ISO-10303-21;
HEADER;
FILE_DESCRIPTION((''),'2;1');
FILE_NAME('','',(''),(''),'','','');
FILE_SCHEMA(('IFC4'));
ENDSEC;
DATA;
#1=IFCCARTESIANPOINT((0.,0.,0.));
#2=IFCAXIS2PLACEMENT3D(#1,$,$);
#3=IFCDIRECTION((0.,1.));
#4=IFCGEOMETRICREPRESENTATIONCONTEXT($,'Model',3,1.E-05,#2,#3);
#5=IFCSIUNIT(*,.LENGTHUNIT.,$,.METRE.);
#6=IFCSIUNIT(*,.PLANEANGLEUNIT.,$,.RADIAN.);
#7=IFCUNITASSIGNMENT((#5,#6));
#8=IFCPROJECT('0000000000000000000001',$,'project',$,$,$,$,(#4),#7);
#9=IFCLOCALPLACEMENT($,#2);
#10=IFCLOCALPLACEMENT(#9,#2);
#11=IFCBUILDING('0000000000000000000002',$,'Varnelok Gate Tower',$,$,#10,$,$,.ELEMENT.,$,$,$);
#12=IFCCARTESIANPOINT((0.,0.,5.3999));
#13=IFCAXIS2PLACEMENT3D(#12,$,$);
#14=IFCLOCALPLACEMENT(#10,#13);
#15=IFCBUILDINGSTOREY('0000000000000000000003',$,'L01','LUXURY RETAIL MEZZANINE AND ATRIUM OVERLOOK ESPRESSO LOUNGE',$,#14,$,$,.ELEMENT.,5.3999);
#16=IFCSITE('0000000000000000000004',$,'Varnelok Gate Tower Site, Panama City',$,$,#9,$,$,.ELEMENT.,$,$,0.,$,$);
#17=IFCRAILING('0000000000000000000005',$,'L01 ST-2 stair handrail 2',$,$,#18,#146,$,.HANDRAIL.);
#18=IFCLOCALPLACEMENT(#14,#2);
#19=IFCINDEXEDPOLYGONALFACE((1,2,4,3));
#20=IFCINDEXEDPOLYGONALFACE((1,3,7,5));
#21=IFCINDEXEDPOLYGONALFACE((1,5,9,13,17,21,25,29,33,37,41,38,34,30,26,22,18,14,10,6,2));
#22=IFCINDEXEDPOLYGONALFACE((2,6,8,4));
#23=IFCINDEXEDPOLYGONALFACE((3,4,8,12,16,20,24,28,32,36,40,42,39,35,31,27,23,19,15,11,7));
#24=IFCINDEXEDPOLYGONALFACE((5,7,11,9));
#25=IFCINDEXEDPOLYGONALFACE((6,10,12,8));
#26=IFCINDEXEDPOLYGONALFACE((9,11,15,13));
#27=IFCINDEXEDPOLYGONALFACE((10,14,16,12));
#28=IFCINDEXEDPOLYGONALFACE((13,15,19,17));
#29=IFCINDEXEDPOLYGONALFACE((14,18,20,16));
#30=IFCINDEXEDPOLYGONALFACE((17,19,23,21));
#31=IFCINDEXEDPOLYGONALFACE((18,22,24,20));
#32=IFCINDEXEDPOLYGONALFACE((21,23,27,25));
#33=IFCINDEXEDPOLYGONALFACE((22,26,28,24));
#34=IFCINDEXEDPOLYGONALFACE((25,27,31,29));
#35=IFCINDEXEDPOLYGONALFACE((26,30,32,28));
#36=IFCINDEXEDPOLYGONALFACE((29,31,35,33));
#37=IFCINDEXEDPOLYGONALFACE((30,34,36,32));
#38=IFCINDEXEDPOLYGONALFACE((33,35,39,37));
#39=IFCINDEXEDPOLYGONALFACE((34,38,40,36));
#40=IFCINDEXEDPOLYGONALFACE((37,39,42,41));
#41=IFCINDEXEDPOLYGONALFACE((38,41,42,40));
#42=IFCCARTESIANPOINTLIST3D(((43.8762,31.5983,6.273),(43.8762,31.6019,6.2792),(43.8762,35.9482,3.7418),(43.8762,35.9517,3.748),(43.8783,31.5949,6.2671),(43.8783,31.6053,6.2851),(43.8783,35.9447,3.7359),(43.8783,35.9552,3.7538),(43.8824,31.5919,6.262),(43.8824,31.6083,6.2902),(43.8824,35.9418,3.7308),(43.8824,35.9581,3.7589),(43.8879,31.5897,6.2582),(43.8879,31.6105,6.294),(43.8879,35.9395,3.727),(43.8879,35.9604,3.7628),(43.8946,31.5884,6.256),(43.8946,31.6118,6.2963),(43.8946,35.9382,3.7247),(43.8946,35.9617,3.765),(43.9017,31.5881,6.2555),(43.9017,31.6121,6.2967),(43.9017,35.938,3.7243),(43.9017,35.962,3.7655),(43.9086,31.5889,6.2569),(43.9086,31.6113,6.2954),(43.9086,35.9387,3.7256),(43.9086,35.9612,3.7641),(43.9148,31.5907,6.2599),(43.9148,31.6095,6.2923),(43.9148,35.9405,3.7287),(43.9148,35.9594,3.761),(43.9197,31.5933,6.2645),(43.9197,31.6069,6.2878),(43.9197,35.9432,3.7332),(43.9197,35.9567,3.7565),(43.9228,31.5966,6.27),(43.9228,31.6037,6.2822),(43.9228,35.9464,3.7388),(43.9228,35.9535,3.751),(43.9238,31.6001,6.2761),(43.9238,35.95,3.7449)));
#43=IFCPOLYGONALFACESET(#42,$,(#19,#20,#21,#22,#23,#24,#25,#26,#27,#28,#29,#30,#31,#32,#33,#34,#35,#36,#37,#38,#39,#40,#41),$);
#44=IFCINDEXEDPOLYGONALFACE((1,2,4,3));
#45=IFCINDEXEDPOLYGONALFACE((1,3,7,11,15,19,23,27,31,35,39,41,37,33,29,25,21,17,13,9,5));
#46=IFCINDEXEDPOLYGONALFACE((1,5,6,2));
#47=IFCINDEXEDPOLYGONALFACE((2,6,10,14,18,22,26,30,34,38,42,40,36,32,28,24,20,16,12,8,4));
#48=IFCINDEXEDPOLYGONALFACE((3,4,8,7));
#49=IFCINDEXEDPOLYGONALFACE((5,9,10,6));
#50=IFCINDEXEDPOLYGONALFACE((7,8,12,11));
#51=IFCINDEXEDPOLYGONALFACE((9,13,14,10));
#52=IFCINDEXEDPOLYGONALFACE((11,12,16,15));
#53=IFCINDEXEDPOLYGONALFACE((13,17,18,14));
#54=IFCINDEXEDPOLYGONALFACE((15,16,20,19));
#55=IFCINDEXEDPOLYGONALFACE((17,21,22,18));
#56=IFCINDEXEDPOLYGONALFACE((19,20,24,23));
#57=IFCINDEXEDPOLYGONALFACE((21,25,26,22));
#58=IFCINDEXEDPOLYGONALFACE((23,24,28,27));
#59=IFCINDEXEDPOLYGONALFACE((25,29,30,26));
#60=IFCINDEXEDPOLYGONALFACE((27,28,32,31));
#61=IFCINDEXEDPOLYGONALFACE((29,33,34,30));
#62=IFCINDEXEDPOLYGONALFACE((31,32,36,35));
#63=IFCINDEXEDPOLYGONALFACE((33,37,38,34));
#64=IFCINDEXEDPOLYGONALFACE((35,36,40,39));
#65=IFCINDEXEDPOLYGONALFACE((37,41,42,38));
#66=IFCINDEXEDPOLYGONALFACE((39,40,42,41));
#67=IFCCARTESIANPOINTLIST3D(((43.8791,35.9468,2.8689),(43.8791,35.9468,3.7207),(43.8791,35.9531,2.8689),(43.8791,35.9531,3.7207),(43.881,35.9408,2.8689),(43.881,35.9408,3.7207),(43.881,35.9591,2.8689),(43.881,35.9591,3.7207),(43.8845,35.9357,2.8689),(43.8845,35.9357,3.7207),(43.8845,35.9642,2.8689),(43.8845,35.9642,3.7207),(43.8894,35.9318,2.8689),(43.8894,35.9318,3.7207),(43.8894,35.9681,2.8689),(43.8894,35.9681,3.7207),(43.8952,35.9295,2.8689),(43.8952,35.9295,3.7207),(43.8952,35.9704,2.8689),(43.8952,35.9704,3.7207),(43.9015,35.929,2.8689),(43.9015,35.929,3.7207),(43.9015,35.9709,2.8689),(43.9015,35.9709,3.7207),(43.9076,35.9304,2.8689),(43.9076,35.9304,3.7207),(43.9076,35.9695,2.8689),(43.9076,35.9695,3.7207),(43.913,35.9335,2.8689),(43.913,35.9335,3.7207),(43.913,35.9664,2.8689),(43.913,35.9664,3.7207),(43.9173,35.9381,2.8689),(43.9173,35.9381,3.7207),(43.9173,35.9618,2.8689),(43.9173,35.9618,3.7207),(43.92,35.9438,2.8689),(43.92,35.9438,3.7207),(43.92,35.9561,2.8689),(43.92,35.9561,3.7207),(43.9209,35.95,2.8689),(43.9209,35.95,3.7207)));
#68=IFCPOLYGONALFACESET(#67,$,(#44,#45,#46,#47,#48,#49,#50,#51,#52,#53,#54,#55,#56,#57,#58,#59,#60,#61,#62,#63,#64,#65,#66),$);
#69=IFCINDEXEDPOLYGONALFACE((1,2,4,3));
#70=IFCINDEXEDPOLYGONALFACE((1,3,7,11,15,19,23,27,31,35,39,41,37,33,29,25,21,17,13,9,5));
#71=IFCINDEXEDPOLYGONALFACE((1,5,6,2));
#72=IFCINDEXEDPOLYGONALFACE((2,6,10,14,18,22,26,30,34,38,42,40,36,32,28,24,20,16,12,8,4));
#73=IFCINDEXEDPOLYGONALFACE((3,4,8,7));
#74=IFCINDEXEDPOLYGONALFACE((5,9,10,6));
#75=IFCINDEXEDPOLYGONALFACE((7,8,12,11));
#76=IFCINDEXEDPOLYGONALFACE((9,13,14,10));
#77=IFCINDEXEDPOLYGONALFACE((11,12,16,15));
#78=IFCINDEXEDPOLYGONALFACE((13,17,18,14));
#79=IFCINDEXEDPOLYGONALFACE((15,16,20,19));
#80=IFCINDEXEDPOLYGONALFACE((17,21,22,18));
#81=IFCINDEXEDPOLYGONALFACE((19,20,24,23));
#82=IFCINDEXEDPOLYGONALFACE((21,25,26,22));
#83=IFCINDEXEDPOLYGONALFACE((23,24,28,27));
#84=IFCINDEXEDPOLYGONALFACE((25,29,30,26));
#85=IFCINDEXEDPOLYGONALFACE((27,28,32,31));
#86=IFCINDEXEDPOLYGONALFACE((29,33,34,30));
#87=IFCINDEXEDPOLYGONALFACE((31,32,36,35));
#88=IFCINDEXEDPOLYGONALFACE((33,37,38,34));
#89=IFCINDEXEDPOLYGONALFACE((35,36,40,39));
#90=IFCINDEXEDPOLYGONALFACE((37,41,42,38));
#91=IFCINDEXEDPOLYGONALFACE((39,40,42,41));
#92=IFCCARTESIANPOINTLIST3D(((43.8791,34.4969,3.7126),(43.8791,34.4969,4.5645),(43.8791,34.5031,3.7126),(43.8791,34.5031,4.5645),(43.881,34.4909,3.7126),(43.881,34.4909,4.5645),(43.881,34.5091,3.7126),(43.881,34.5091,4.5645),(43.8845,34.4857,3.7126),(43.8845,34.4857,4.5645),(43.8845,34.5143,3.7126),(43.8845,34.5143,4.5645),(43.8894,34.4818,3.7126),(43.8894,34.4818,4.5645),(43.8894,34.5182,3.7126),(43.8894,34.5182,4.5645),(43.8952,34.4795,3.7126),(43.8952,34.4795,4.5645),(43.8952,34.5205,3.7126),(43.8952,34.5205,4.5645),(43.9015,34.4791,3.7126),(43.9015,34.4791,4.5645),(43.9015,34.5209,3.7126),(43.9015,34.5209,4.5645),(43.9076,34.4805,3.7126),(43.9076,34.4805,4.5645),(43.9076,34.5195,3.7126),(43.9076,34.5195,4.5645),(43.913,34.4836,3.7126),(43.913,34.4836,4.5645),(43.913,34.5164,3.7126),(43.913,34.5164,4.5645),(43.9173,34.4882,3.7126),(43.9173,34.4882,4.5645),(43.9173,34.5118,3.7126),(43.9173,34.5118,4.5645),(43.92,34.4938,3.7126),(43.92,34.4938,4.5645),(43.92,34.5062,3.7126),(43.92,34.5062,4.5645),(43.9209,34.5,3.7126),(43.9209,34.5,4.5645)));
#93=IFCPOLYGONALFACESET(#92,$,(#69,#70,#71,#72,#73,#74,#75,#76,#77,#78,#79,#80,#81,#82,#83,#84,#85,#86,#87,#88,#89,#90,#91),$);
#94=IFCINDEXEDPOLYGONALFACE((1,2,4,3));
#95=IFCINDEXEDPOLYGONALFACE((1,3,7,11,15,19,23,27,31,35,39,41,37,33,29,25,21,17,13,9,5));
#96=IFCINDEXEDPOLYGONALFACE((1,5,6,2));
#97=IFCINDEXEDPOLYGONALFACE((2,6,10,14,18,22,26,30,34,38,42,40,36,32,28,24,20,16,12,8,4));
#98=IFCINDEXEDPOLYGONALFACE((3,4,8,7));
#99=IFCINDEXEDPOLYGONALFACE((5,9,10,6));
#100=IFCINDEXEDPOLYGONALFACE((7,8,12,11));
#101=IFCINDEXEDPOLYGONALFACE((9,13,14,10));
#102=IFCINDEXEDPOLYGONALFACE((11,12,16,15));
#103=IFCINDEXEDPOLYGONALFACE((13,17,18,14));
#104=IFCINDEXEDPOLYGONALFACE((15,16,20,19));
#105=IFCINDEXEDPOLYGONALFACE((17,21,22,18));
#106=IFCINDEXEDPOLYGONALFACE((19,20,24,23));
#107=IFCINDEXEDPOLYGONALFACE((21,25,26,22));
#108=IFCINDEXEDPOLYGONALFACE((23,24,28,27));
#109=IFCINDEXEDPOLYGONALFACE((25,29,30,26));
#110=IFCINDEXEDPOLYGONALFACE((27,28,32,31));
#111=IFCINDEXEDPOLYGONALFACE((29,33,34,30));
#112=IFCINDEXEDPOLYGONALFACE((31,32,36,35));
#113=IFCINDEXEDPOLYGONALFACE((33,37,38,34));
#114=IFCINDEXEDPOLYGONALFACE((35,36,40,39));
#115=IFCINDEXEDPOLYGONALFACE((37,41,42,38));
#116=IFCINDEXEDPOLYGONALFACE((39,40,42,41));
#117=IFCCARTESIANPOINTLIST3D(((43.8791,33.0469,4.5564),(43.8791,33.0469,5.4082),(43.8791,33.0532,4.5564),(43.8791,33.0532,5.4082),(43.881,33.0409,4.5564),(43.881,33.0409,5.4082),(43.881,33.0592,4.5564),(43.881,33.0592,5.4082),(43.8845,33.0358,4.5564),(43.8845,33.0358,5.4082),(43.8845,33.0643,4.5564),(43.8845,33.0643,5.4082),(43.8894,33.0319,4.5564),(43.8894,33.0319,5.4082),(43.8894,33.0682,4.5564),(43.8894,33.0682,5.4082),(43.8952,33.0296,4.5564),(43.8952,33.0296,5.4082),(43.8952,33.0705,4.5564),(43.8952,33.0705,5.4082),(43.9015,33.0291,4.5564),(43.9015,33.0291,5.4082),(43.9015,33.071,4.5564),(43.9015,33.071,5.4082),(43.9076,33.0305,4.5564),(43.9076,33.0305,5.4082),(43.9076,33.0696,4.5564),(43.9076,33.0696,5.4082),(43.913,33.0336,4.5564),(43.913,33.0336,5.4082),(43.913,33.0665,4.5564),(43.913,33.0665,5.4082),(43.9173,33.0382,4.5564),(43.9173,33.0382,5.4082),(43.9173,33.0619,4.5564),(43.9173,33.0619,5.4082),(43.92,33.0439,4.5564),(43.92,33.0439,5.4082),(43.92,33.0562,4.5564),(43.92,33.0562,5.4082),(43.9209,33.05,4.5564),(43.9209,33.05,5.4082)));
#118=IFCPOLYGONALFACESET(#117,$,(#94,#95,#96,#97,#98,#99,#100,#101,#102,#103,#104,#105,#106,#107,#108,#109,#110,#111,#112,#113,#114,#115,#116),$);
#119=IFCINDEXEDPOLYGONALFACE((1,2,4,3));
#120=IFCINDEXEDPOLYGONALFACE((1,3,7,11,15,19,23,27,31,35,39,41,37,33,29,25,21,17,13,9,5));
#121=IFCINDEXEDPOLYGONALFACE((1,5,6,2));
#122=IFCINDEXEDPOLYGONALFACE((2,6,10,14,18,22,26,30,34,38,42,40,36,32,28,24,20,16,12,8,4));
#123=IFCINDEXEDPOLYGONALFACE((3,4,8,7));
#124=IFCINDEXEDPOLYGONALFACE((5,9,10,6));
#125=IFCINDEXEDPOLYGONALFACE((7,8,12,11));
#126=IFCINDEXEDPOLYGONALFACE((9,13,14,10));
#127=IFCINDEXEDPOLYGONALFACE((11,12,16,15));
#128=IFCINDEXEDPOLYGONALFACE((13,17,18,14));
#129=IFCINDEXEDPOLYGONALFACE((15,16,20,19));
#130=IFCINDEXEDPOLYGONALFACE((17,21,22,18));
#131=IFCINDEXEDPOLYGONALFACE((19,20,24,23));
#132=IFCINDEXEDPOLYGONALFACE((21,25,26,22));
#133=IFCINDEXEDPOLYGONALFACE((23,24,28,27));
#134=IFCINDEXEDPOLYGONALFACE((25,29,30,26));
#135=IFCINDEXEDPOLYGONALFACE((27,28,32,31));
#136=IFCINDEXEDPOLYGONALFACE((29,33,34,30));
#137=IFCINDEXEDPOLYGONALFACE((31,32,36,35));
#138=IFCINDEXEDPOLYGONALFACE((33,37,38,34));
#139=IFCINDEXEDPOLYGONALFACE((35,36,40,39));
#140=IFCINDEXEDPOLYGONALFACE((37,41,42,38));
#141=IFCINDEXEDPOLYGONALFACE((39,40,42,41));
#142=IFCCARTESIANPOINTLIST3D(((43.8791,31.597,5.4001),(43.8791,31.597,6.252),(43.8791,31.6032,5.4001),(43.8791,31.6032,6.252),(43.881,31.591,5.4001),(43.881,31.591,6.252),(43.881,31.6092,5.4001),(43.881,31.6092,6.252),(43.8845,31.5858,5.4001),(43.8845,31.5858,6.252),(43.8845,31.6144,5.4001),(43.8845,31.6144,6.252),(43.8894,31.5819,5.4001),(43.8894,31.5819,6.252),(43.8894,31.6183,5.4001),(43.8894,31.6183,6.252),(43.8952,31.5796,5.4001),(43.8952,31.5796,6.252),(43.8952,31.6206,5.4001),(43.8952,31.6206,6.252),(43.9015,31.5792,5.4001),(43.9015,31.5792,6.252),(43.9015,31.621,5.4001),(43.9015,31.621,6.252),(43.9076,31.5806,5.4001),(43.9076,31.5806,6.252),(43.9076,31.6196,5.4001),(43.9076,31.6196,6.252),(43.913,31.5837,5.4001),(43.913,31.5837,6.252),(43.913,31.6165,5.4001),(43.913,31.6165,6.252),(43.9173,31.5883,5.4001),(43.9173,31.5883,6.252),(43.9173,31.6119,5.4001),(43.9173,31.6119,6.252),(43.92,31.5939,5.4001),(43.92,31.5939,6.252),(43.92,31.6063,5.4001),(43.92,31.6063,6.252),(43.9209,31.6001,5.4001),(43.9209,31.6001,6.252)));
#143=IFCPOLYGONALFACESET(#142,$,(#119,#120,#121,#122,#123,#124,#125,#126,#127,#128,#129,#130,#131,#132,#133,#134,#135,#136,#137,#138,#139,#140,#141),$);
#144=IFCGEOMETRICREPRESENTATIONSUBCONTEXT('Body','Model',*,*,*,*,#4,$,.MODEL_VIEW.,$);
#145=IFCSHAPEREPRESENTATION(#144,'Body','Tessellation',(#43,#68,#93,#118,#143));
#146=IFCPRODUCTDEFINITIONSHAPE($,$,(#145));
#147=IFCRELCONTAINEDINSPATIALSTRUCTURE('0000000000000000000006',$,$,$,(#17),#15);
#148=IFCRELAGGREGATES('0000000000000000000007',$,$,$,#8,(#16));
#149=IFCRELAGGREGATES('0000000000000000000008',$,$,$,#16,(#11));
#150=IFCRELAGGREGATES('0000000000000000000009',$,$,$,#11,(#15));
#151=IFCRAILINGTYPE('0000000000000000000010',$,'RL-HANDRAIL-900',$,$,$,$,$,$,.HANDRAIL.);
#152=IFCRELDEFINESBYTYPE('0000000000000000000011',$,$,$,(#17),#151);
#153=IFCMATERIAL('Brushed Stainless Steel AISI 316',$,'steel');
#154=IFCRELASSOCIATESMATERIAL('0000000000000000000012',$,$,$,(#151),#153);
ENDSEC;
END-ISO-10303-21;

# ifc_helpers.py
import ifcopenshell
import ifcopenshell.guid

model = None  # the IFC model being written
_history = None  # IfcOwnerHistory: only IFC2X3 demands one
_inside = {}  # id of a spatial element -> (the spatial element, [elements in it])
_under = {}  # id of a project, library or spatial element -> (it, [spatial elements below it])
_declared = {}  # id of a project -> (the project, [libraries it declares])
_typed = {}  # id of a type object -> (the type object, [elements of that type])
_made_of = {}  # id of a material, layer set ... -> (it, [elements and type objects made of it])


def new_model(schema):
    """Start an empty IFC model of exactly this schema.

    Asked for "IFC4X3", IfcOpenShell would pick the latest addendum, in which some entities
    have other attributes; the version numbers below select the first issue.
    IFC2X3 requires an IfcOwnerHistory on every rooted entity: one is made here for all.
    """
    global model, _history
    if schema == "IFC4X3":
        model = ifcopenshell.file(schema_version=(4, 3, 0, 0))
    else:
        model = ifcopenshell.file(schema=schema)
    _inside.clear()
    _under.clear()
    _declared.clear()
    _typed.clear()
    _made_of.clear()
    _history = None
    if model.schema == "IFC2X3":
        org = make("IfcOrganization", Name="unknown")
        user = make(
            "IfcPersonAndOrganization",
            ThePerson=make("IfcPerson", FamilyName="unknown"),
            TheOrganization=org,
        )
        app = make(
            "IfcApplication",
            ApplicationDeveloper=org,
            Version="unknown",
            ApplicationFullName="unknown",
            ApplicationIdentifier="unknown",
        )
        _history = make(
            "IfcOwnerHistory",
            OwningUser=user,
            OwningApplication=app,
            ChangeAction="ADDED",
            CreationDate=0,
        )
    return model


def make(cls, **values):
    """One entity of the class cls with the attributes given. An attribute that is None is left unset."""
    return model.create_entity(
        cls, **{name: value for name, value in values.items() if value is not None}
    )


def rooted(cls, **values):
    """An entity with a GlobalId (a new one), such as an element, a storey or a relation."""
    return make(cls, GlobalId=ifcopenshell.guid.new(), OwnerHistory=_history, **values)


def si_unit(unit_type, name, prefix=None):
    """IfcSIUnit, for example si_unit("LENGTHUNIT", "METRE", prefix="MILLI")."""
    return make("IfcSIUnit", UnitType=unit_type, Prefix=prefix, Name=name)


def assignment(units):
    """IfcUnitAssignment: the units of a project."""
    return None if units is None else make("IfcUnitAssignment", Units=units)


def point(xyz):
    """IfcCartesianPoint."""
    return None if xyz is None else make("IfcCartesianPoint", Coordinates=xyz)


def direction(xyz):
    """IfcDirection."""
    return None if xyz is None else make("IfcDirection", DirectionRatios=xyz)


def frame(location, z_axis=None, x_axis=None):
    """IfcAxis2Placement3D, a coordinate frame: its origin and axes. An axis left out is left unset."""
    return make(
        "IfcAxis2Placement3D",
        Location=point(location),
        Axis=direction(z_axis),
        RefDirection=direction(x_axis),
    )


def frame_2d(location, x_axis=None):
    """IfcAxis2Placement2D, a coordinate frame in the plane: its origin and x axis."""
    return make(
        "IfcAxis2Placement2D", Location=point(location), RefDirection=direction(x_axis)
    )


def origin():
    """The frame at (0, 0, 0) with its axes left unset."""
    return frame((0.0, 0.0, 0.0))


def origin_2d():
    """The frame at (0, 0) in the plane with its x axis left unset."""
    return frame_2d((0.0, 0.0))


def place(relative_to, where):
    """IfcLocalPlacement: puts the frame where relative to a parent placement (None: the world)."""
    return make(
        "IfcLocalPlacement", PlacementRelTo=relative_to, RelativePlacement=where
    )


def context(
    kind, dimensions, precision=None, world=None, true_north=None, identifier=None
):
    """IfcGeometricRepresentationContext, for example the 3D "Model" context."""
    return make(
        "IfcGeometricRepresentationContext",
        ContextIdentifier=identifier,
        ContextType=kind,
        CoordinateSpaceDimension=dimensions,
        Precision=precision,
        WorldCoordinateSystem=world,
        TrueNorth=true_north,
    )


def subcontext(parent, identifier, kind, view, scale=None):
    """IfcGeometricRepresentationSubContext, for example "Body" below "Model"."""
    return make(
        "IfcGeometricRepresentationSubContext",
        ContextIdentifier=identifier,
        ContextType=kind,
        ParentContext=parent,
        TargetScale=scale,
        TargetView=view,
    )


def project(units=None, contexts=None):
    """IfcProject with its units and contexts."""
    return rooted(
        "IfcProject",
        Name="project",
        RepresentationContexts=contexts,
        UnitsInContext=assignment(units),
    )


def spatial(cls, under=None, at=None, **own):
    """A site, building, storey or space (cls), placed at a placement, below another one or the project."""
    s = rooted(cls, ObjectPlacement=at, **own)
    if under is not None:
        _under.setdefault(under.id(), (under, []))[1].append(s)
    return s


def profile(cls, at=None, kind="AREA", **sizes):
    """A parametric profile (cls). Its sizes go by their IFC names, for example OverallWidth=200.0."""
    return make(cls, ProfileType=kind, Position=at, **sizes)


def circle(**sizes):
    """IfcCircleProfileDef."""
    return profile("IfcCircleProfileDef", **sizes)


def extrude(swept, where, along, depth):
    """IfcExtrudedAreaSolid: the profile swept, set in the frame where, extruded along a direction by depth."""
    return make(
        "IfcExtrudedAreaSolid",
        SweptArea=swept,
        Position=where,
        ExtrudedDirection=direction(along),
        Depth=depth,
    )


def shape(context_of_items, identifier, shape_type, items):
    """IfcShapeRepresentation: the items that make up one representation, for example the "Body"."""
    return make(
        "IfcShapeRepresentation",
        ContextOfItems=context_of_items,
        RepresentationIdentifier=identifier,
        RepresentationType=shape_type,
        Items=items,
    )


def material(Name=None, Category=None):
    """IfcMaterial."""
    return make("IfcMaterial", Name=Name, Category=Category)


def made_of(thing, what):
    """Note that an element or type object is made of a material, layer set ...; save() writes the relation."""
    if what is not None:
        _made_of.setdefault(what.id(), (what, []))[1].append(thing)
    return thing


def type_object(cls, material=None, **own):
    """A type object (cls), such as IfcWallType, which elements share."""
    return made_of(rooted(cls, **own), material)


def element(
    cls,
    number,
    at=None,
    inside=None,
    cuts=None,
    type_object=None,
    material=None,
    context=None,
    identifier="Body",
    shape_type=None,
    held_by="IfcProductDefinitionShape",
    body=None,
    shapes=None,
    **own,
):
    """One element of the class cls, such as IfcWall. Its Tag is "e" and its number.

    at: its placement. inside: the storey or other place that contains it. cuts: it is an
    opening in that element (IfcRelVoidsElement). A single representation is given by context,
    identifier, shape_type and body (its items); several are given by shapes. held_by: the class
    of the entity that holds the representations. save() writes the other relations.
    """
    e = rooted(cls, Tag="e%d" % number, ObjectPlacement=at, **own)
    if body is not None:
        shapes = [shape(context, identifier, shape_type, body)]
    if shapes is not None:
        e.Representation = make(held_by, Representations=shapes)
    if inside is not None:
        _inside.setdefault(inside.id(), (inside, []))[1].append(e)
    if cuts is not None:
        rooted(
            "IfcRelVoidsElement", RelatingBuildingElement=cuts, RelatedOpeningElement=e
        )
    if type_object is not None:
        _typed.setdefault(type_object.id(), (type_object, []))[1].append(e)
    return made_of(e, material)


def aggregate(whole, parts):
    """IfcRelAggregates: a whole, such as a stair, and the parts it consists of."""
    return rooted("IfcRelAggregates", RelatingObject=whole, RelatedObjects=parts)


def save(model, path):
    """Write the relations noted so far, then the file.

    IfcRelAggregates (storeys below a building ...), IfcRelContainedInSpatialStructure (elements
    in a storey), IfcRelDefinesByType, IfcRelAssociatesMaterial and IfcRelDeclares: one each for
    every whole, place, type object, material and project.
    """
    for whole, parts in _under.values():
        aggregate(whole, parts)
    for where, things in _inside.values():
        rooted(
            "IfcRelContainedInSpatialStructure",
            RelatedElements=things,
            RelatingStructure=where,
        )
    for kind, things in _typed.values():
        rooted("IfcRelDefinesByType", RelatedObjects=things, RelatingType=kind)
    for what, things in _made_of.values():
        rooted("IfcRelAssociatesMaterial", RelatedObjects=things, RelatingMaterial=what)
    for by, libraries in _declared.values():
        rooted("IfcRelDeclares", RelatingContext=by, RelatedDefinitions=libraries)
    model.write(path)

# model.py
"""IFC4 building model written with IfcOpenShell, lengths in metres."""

from ifc_helpers import new_model, si_unit, direction, frame, origin, origin_2d, place, context, subcontext, project, spatial, circle, extrude, material, type_object, element, save


model = new_model("IFC4")

# Units and contexts
model_context = context("Model", 3, precision=1e-05, world=origin(), true_north=direction((0.0, 1.0)))
body_context = subcontext(model_context, "Body", "Model", "MODEL_VIEW")
ifc_project = project(units=[si_unit("LENGTHUNIT", "METRE"), si_unit("PLANEANGLEUNIT", "RADIAN")], contexts=[model_context])

# Site, building, storey
site_placement = place(None, origin())
site = spatial("IfcSite", under=ifc_project, at=site_placement, Name="Varnelok Gate Tower Site, Panama City", CompositionType="ELEMENT", RefElevation=0.0)
building_placement = place(site_placement, origin())
building = spatial("IfcBuilding", under=site, at=building_placement, Name="Varnelok Gate Tower", CompositionType="ELEMENT")
storey_placement = place(building_placement, frame((0.0, 0.0, 5.3999)))
storey = spatial("IfcBuildingStorey", under=building, at=storey_placement, Name="L01", Description="LUXURY RETAIL MEZZANINE AND ATRIUM OVERLOOK ESPRESSO LOUNGE", CompositionType="ELEMENT", Elevation=5.3999)

# Railing
ifc_material_1 = material(Name="Brushed Stainless Steel AISI 316", Category="steel")
railing_type_1 = type_object("IfcRailingType", Name="RL-HANDRAIL-900", PredefinedType="HANDRAIL", material=ifc_material_1)
railing_1_placement = place(storey_placement, frame((43.8999, 35.95, 2.8689)))
element("IfcRailing", 1, at=railing_1_placement, inside=storey, type_object=railing_type_1, Name="L01 ST-2 stair handrail 2", PredefinedType="HANDRAIL", context=body_context, shape_type="SweptSolid", body=[
    extrude(circle(Radius=0.0239, at=origin_2d()), frame((0.0, 0.0, 0.876), z_axis=(0.0, -0.864312, 0.502957), x_axis=(1.0, 0.0, 0.0)), (0.0, 0.0, 1.0), 5.0327),
    extrude(circle(Radius=0.021, at=origin_2d()), origin(), (0.0, 0.0, 1.0), 0.8518),
    extrude(circle(Radius=0.021, at=origin_2d()), frame((0.0, -1.45, 0.8438)), (0.0, 0.0, 1.0), 0.8518),
    extrude(circle(Radius=0.021, at=origin_2d()), frame((0.0, -2.8999, 1.6875)), (0.0, 0.0, 1.0), 0.8518),
    extrude(circle(Radius=0.021, at=origin_2d()), frame((0.0, -4.3499, 2.5312)), (0.0, 0.0, 1.0), 0.8518),
])

save(model, "model.ifc")
